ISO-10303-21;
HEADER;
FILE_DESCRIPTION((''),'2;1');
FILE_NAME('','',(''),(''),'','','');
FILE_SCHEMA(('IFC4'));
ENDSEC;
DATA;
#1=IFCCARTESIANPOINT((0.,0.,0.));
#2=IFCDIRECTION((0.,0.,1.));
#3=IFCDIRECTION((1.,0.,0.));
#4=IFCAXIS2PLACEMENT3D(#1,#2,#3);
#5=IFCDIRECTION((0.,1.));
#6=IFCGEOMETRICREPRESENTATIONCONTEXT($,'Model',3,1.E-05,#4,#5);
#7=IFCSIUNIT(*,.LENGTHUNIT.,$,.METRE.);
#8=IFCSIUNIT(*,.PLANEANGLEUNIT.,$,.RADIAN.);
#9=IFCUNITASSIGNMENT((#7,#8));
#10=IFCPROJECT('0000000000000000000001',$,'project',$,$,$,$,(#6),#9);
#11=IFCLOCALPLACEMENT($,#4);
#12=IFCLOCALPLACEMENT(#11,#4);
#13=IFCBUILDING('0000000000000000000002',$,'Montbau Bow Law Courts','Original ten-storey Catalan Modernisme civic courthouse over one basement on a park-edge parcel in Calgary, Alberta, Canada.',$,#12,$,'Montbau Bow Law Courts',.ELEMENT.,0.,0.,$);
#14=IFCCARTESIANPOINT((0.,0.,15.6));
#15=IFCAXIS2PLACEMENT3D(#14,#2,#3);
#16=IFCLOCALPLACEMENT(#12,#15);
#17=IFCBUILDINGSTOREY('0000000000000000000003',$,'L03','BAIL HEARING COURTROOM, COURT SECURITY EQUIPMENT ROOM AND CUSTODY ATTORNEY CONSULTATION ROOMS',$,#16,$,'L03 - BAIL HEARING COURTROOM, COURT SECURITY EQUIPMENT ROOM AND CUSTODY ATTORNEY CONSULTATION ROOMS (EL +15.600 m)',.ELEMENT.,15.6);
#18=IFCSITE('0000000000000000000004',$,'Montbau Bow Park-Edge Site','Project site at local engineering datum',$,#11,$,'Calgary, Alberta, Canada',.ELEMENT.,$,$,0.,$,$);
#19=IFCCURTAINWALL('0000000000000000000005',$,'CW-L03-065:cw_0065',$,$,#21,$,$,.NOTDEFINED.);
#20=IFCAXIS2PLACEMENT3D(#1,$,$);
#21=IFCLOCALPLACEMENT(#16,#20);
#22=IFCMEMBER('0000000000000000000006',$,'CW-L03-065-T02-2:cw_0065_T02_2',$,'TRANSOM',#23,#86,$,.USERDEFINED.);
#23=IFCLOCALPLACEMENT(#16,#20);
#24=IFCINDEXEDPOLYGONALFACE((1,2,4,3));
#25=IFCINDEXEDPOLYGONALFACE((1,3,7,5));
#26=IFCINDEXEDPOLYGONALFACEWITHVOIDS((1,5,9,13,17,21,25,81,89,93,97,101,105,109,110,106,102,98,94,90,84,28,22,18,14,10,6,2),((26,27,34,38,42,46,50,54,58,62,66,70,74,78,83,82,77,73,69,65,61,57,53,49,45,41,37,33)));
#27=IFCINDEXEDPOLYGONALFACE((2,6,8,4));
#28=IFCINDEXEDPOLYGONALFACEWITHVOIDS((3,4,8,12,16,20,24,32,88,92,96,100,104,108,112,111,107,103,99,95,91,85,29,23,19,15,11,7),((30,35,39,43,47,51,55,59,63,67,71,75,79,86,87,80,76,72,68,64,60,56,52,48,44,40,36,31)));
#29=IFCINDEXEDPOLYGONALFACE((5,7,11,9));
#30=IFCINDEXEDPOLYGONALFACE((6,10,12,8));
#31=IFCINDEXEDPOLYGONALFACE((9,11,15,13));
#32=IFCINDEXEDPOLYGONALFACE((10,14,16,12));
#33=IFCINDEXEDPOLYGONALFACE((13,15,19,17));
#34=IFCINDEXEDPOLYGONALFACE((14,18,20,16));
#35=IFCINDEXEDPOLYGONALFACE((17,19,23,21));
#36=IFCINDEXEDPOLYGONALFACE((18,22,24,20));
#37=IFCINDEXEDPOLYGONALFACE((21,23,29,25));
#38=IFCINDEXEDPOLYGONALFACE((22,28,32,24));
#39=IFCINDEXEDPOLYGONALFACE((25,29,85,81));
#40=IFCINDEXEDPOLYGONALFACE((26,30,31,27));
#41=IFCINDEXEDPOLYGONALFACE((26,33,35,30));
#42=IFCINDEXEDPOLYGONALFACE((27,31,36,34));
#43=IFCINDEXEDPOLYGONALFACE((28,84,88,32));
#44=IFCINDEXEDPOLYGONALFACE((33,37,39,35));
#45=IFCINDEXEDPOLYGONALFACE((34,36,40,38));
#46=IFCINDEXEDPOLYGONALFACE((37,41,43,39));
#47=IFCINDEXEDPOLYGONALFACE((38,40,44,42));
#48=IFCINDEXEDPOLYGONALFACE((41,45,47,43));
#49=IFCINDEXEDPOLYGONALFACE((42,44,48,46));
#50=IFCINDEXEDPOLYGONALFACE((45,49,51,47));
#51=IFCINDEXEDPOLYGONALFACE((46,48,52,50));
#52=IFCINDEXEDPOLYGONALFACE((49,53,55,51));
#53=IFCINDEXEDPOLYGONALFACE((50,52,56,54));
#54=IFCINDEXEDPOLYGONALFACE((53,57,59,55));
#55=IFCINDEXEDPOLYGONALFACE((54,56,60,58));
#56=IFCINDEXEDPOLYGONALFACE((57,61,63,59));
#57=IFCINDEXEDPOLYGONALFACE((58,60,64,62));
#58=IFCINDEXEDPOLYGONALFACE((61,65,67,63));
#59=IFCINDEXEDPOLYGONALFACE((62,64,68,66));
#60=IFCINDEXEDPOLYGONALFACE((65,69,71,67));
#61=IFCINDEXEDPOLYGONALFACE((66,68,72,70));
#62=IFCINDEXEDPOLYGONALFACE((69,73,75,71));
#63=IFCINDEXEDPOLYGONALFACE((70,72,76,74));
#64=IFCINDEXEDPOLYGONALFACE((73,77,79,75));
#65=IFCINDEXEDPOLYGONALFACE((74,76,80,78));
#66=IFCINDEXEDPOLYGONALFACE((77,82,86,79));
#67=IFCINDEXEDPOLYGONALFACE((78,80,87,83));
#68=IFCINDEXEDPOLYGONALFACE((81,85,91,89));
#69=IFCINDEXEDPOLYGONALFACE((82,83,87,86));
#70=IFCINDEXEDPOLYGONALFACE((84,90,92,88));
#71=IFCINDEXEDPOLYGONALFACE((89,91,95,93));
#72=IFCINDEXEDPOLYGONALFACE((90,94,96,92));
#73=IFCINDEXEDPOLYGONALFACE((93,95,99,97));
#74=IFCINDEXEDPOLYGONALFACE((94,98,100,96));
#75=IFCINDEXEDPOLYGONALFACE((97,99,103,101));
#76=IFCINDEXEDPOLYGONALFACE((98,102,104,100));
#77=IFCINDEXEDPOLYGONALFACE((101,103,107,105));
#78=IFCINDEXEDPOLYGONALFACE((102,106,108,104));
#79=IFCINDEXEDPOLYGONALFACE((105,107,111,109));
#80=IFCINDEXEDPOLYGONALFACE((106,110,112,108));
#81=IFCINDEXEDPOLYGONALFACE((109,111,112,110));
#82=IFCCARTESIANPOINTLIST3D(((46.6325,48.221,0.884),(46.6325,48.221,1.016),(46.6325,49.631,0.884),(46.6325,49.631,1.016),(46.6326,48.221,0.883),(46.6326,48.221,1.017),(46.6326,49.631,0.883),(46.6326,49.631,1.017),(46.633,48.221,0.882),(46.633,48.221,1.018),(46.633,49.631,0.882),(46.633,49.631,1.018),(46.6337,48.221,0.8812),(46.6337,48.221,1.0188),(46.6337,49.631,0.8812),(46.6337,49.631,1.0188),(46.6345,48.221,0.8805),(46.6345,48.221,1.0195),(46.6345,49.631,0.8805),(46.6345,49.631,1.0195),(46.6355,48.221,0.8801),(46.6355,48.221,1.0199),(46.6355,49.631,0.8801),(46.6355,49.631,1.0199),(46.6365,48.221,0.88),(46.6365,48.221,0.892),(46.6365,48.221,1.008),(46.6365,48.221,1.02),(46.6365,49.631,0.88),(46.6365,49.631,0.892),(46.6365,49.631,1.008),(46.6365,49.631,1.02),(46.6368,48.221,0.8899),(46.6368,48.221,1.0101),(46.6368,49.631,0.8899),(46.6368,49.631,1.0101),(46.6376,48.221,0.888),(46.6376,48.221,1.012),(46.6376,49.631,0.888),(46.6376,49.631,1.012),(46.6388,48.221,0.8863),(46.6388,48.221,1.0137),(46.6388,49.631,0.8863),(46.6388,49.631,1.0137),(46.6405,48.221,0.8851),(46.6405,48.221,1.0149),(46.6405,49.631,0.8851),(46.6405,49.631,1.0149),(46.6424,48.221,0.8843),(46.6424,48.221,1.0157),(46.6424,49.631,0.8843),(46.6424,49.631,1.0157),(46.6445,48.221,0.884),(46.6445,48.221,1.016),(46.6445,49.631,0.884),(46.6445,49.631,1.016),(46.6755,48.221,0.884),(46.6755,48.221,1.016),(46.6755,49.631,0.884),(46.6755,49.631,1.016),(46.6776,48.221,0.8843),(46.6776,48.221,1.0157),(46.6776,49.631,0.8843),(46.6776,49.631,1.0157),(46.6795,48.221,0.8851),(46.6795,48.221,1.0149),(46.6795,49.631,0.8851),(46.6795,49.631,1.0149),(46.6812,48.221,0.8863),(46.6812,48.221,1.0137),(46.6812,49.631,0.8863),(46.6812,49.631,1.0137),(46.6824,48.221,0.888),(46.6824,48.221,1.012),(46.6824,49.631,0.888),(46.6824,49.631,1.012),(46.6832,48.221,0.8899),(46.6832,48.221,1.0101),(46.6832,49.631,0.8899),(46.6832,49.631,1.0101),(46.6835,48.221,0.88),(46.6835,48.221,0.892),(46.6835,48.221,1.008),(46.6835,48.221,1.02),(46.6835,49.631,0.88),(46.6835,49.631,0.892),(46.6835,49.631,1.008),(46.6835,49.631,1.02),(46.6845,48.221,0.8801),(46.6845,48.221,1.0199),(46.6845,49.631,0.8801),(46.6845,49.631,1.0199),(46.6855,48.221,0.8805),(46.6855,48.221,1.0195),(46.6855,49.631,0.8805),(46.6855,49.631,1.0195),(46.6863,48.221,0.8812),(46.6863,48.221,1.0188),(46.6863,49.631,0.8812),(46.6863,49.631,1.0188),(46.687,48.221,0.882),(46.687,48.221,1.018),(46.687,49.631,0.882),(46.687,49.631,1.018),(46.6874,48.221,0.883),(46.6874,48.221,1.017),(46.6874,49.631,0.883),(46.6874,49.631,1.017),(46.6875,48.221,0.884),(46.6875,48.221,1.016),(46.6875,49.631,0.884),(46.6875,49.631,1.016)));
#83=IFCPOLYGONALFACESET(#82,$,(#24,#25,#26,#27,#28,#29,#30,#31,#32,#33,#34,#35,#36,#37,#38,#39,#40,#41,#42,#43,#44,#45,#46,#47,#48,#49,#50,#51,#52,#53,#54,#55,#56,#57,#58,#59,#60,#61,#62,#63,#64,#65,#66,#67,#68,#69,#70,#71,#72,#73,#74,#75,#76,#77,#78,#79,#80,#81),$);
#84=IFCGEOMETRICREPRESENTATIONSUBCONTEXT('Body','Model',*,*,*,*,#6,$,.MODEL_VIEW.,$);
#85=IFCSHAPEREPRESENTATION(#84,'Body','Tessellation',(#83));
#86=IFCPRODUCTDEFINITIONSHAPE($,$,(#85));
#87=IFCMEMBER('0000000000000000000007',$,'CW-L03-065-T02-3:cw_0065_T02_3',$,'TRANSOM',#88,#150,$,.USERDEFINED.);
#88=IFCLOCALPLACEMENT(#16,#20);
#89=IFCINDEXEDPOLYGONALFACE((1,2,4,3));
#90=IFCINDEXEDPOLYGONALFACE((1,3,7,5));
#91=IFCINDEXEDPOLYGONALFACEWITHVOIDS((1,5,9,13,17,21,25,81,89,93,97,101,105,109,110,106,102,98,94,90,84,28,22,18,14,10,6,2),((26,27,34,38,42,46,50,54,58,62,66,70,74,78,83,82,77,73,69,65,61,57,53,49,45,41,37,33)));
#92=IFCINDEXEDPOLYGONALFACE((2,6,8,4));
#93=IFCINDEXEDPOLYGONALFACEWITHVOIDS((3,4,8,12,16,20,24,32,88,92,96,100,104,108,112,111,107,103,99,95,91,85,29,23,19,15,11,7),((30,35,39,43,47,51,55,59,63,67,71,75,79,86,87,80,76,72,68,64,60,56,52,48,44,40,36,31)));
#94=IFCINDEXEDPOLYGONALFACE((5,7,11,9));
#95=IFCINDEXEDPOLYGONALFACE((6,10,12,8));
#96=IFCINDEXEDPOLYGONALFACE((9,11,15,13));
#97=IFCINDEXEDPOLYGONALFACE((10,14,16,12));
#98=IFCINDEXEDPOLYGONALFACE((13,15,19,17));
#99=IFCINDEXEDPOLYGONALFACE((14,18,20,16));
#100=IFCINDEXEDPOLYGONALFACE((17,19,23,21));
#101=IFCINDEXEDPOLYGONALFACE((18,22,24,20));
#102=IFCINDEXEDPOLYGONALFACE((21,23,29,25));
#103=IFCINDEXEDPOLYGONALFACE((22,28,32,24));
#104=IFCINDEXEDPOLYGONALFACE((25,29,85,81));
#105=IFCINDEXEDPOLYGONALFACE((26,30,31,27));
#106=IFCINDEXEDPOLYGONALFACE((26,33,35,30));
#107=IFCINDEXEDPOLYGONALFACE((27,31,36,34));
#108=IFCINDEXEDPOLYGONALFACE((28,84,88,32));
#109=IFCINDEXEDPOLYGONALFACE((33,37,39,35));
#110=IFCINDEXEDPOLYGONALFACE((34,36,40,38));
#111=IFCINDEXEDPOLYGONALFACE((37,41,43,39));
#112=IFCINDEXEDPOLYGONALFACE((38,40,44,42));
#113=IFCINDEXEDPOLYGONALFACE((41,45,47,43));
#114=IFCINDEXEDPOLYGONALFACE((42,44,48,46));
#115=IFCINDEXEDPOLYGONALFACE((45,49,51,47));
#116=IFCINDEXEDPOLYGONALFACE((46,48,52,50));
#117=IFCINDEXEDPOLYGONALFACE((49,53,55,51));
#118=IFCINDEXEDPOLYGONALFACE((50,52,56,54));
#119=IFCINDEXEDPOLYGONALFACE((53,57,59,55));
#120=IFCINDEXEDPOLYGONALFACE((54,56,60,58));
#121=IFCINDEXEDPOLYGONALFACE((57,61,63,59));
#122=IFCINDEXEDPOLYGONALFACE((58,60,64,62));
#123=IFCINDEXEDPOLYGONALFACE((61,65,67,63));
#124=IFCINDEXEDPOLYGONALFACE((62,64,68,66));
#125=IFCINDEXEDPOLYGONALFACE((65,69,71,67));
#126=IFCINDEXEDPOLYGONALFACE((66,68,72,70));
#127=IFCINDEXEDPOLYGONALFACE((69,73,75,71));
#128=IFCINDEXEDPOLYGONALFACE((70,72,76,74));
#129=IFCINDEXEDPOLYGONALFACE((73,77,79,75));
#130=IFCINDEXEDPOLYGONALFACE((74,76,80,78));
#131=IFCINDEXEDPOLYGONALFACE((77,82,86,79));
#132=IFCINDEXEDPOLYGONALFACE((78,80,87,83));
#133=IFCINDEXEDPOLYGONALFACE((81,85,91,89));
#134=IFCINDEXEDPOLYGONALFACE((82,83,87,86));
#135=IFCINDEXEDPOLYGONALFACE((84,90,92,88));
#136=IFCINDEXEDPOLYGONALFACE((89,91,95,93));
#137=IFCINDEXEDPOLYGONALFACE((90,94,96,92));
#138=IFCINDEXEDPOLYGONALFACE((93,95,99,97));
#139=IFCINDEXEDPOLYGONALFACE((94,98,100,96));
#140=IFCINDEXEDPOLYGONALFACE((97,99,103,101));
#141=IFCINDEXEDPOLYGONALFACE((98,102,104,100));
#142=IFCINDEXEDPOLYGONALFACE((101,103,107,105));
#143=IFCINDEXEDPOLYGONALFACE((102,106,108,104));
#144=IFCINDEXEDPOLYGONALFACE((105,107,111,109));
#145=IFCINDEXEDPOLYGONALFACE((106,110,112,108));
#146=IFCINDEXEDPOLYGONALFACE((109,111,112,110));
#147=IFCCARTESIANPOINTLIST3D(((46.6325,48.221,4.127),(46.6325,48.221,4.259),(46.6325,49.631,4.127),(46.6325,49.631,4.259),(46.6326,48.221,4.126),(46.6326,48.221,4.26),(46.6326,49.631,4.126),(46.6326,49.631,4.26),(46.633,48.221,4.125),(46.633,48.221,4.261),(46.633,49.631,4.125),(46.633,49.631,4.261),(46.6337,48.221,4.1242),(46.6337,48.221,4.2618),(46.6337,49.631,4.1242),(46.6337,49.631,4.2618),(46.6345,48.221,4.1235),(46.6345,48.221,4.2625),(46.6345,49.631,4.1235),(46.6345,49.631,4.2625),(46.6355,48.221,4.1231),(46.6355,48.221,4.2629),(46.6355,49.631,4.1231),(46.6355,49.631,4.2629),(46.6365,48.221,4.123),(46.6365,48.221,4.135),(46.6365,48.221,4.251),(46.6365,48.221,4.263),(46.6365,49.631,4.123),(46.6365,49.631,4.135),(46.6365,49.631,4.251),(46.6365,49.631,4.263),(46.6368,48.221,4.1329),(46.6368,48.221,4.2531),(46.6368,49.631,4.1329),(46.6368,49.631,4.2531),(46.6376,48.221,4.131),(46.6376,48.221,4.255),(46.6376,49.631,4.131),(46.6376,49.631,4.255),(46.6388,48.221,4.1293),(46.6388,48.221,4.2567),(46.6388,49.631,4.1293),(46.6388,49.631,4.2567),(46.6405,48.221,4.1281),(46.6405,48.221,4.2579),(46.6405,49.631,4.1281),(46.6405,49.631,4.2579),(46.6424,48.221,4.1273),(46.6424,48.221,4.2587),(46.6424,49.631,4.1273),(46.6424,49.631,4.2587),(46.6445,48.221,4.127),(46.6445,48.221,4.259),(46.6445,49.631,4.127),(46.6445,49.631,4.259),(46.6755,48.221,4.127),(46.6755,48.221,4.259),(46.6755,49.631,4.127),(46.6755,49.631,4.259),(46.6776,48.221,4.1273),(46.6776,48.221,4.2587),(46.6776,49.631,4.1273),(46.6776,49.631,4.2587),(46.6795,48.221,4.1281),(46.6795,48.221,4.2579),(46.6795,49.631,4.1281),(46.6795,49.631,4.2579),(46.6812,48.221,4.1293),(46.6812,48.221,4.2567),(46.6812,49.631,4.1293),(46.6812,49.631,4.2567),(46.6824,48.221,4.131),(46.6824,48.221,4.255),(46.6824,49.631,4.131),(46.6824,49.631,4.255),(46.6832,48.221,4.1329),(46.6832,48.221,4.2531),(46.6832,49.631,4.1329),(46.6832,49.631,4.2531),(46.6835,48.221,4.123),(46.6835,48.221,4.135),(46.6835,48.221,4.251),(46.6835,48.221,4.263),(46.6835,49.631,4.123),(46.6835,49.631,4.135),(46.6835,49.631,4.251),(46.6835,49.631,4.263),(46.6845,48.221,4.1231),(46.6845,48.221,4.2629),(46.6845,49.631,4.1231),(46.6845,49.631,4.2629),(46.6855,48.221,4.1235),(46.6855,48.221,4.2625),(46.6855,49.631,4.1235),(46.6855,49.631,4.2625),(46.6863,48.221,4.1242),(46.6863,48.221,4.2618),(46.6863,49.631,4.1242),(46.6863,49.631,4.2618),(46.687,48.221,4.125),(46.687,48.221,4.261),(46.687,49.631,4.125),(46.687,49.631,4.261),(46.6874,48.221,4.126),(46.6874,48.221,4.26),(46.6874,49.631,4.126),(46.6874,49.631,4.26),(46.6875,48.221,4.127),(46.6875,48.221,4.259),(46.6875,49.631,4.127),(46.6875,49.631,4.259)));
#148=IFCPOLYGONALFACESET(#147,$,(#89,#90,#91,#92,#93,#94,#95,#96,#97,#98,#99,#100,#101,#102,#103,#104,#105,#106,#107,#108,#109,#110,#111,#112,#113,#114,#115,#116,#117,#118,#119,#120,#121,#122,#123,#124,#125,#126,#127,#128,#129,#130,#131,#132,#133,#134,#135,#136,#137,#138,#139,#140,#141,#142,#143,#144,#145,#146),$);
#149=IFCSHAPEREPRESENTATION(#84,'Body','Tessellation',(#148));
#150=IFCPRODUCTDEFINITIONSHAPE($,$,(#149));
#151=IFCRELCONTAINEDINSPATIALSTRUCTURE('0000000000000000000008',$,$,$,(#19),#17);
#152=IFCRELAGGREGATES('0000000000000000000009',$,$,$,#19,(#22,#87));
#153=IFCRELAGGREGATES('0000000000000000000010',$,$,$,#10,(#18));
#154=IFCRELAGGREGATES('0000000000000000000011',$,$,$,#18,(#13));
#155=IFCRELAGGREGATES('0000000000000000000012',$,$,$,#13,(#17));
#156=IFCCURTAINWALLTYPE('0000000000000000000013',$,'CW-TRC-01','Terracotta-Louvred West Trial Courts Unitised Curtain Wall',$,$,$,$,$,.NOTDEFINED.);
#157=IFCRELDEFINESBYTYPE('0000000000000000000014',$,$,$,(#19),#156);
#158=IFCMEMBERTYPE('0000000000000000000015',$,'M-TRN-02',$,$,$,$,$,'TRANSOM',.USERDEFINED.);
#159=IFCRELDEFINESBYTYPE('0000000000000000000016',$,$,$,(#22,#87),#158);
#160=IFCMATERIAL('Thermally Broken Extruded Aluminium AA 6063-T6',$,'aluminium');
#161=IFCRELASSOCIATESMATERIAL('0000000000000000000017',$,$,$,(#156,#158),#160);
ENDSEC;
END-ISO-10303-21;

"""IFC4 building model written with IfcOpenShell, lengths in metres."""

from ifc_helpers import new_model, si_unit, direction, frame, origin_with_axes, origin_2d_with_axis, place, context, subcontext, project, spatial, hollow_rectangle, extrude, material, material_profile, profile_set, type_object, element, aggregate, save


model = new_model("IFC4")

# Units and contexts
model_context = context("Model", 3, precision=1e-05, world=origin_with_axes(), true_north=direction((0.0, 1.0)))
body_context = subcontext(model_context, "Body", "Model", "MODEL_VIEW")
ifc_project = project(units=[si_unit("LENGTHUNIT", "METRE"), si_unit("PLANEANGLEUNIT", "RADIAN")], contexts=[model_context])

# Site, building, storey
site_placement = place(None, origin_with_axes())
site = spatial("IfcSite", under=ifc_project, at=site_placement, Name="Montbau Bow Park-Edge Site", Description="Project site at local engineering datum", LongName="Calgary, Alberta, Canada", CompositionType="ELEMENT", RefElevation=0.0)
building_placement = place(site_placement, origin_with_axes())
building = spatial("IfcBuilding", under=site, at=building_placement, Name="Montbau Bow Law Courts", Description="Original ten-storey Catalan Modernisme civic courthouse over one basement on a park-edge parcel in Calgary, Alberta, Canada.", LongName="Montbau Bow Law Courts", CompositionType="ELEMENT", ElevationOfRefHeight=0.0, ElevationOfTerrain=0.0)
storey_placement = place(building_placement, frame((0.0, 0.0, 15.6), z_axis=(0.0, 0.0, 1.0), x_axis=(1.0, 0.0, 0.0)))
storey = spatial("IfcBuildingStorey", under=building, at=storey_placement, Name="L03", Description="BAIL HEARING COURTROOM, COURT SECURITY EQUIPMENT ROOM AND CUSTODY ATTORNEY CONSULTATION ROOMS", LongName="L03 - BAIL HEARING COURTROOM, COURT SECURITY EQUIPMENT ROOM AND CUSTODY ATTORNEY CONSULTATION ROOMS (EL +15.600 m)", CompositionType="ELEMENT", Elevation=15.6)

# Shared definitions
ifc_material_1 = material(Name="Thermally Broken Extruded Aluminium AA 6063-T6", Category="aluminium")

# Curtain wall, members
curtain_wall_type_1 = type_object("IfcCurtainWallType", Name="CW-TRC-01", Description="Terracotta-Louvred West Trial Courts Unitised Curtain Wall", PredefinedType="NOTDEFINED", material=ifc_material_1)
curtain_wall_1_placement = place(None, frame((46.66, 46.715, 15.6), z_axis=(0.0, 0.0, 1.0), x_axis=(1.0, 0.0, 0.0)))
curtain_wall_1 = element("IfcCurtainWall", 1, at=curtain_wall_1_placement, inside=storey, type_object=curtain_wall_type_1, Name="CW-L03-065:cw_0065", PredefinedType="NOTDEFINED")
ifc_material_profile_1 = material_profile(ifc_material_1, hollow_rectangle(XDim=0.055, YDim=0.14, WallThickness=0.004, InnerFilletRadius=0.008, OuterFilletRadius=0.004, at=origin_2d_with_axis()), Name="CWT-140X55", Category="Main", Priority=0)
ifc_profile_set_1 = profile_set([ifc_material_profile_1], Name="Thermally Broken Extruded Aluminium AA 6063-T6")
member_type_1 = type_object("IfcMemberType", Name="M-TRN-02", ElementType="TRANSOM", PredefinedType="USERDEFINED", material=ifc_profile_set_1)
member_1_placement = place(None, frame((46.66, 48.221, 16.55), z_axis=(0.0, 1.0, 0.0), x_axis=(-1.0, 0.0, 0.0)))
member_1 = element("IfcMember", 2, at=member_1_placement, type_object=member_type_1, Name="CW-L03-065-T02-2:cw_0065_T02_2", ObjectType="TRANSOM", PredefinedType="USERDEFINED", context=body_context, shape_type="SweptSolid", body=[
    extrude(hollow_rectangle(XDim=0.055, YDim=0.14, WallThickness=0.004, InnerFilletRadius=0.008, OuterFilletRadius=0.004, at=origin_2d_with_axis()), origin_with_axes(), (0.0, 0.0, 1.0), 1.41),
])
member_2_placement = place(None, frame((46.66, 48.221, 19.793), z_axis=(0.0, 1.0, 0.0), x_axis=(-1.0, 0.0, 0.0)))
member_2 = element("IfcMember", 3, at=member_2_placement, type_object=member_type_1, Name="CW-L03-065-T02-3:cw_0065_T02_3", ObjectType="TRANSOM", PredefinedType="USERDEFINED", context=body_context, shape_type="SweptSolid", body=[
    extrude(hollow_rectangle(XDim=0.055, YDim=0.14, WallThickness=0.004, InnerFilletRadius=0.008, OuterFilletRadius=0.004, at=origin_2d_with_axis()), origin_with_axes(), (0.0, 0.0, 1.0), 1.41),
])

aggregate(curtain_wall_1, [member_1, member_2])

save(model, "model.ifc")
